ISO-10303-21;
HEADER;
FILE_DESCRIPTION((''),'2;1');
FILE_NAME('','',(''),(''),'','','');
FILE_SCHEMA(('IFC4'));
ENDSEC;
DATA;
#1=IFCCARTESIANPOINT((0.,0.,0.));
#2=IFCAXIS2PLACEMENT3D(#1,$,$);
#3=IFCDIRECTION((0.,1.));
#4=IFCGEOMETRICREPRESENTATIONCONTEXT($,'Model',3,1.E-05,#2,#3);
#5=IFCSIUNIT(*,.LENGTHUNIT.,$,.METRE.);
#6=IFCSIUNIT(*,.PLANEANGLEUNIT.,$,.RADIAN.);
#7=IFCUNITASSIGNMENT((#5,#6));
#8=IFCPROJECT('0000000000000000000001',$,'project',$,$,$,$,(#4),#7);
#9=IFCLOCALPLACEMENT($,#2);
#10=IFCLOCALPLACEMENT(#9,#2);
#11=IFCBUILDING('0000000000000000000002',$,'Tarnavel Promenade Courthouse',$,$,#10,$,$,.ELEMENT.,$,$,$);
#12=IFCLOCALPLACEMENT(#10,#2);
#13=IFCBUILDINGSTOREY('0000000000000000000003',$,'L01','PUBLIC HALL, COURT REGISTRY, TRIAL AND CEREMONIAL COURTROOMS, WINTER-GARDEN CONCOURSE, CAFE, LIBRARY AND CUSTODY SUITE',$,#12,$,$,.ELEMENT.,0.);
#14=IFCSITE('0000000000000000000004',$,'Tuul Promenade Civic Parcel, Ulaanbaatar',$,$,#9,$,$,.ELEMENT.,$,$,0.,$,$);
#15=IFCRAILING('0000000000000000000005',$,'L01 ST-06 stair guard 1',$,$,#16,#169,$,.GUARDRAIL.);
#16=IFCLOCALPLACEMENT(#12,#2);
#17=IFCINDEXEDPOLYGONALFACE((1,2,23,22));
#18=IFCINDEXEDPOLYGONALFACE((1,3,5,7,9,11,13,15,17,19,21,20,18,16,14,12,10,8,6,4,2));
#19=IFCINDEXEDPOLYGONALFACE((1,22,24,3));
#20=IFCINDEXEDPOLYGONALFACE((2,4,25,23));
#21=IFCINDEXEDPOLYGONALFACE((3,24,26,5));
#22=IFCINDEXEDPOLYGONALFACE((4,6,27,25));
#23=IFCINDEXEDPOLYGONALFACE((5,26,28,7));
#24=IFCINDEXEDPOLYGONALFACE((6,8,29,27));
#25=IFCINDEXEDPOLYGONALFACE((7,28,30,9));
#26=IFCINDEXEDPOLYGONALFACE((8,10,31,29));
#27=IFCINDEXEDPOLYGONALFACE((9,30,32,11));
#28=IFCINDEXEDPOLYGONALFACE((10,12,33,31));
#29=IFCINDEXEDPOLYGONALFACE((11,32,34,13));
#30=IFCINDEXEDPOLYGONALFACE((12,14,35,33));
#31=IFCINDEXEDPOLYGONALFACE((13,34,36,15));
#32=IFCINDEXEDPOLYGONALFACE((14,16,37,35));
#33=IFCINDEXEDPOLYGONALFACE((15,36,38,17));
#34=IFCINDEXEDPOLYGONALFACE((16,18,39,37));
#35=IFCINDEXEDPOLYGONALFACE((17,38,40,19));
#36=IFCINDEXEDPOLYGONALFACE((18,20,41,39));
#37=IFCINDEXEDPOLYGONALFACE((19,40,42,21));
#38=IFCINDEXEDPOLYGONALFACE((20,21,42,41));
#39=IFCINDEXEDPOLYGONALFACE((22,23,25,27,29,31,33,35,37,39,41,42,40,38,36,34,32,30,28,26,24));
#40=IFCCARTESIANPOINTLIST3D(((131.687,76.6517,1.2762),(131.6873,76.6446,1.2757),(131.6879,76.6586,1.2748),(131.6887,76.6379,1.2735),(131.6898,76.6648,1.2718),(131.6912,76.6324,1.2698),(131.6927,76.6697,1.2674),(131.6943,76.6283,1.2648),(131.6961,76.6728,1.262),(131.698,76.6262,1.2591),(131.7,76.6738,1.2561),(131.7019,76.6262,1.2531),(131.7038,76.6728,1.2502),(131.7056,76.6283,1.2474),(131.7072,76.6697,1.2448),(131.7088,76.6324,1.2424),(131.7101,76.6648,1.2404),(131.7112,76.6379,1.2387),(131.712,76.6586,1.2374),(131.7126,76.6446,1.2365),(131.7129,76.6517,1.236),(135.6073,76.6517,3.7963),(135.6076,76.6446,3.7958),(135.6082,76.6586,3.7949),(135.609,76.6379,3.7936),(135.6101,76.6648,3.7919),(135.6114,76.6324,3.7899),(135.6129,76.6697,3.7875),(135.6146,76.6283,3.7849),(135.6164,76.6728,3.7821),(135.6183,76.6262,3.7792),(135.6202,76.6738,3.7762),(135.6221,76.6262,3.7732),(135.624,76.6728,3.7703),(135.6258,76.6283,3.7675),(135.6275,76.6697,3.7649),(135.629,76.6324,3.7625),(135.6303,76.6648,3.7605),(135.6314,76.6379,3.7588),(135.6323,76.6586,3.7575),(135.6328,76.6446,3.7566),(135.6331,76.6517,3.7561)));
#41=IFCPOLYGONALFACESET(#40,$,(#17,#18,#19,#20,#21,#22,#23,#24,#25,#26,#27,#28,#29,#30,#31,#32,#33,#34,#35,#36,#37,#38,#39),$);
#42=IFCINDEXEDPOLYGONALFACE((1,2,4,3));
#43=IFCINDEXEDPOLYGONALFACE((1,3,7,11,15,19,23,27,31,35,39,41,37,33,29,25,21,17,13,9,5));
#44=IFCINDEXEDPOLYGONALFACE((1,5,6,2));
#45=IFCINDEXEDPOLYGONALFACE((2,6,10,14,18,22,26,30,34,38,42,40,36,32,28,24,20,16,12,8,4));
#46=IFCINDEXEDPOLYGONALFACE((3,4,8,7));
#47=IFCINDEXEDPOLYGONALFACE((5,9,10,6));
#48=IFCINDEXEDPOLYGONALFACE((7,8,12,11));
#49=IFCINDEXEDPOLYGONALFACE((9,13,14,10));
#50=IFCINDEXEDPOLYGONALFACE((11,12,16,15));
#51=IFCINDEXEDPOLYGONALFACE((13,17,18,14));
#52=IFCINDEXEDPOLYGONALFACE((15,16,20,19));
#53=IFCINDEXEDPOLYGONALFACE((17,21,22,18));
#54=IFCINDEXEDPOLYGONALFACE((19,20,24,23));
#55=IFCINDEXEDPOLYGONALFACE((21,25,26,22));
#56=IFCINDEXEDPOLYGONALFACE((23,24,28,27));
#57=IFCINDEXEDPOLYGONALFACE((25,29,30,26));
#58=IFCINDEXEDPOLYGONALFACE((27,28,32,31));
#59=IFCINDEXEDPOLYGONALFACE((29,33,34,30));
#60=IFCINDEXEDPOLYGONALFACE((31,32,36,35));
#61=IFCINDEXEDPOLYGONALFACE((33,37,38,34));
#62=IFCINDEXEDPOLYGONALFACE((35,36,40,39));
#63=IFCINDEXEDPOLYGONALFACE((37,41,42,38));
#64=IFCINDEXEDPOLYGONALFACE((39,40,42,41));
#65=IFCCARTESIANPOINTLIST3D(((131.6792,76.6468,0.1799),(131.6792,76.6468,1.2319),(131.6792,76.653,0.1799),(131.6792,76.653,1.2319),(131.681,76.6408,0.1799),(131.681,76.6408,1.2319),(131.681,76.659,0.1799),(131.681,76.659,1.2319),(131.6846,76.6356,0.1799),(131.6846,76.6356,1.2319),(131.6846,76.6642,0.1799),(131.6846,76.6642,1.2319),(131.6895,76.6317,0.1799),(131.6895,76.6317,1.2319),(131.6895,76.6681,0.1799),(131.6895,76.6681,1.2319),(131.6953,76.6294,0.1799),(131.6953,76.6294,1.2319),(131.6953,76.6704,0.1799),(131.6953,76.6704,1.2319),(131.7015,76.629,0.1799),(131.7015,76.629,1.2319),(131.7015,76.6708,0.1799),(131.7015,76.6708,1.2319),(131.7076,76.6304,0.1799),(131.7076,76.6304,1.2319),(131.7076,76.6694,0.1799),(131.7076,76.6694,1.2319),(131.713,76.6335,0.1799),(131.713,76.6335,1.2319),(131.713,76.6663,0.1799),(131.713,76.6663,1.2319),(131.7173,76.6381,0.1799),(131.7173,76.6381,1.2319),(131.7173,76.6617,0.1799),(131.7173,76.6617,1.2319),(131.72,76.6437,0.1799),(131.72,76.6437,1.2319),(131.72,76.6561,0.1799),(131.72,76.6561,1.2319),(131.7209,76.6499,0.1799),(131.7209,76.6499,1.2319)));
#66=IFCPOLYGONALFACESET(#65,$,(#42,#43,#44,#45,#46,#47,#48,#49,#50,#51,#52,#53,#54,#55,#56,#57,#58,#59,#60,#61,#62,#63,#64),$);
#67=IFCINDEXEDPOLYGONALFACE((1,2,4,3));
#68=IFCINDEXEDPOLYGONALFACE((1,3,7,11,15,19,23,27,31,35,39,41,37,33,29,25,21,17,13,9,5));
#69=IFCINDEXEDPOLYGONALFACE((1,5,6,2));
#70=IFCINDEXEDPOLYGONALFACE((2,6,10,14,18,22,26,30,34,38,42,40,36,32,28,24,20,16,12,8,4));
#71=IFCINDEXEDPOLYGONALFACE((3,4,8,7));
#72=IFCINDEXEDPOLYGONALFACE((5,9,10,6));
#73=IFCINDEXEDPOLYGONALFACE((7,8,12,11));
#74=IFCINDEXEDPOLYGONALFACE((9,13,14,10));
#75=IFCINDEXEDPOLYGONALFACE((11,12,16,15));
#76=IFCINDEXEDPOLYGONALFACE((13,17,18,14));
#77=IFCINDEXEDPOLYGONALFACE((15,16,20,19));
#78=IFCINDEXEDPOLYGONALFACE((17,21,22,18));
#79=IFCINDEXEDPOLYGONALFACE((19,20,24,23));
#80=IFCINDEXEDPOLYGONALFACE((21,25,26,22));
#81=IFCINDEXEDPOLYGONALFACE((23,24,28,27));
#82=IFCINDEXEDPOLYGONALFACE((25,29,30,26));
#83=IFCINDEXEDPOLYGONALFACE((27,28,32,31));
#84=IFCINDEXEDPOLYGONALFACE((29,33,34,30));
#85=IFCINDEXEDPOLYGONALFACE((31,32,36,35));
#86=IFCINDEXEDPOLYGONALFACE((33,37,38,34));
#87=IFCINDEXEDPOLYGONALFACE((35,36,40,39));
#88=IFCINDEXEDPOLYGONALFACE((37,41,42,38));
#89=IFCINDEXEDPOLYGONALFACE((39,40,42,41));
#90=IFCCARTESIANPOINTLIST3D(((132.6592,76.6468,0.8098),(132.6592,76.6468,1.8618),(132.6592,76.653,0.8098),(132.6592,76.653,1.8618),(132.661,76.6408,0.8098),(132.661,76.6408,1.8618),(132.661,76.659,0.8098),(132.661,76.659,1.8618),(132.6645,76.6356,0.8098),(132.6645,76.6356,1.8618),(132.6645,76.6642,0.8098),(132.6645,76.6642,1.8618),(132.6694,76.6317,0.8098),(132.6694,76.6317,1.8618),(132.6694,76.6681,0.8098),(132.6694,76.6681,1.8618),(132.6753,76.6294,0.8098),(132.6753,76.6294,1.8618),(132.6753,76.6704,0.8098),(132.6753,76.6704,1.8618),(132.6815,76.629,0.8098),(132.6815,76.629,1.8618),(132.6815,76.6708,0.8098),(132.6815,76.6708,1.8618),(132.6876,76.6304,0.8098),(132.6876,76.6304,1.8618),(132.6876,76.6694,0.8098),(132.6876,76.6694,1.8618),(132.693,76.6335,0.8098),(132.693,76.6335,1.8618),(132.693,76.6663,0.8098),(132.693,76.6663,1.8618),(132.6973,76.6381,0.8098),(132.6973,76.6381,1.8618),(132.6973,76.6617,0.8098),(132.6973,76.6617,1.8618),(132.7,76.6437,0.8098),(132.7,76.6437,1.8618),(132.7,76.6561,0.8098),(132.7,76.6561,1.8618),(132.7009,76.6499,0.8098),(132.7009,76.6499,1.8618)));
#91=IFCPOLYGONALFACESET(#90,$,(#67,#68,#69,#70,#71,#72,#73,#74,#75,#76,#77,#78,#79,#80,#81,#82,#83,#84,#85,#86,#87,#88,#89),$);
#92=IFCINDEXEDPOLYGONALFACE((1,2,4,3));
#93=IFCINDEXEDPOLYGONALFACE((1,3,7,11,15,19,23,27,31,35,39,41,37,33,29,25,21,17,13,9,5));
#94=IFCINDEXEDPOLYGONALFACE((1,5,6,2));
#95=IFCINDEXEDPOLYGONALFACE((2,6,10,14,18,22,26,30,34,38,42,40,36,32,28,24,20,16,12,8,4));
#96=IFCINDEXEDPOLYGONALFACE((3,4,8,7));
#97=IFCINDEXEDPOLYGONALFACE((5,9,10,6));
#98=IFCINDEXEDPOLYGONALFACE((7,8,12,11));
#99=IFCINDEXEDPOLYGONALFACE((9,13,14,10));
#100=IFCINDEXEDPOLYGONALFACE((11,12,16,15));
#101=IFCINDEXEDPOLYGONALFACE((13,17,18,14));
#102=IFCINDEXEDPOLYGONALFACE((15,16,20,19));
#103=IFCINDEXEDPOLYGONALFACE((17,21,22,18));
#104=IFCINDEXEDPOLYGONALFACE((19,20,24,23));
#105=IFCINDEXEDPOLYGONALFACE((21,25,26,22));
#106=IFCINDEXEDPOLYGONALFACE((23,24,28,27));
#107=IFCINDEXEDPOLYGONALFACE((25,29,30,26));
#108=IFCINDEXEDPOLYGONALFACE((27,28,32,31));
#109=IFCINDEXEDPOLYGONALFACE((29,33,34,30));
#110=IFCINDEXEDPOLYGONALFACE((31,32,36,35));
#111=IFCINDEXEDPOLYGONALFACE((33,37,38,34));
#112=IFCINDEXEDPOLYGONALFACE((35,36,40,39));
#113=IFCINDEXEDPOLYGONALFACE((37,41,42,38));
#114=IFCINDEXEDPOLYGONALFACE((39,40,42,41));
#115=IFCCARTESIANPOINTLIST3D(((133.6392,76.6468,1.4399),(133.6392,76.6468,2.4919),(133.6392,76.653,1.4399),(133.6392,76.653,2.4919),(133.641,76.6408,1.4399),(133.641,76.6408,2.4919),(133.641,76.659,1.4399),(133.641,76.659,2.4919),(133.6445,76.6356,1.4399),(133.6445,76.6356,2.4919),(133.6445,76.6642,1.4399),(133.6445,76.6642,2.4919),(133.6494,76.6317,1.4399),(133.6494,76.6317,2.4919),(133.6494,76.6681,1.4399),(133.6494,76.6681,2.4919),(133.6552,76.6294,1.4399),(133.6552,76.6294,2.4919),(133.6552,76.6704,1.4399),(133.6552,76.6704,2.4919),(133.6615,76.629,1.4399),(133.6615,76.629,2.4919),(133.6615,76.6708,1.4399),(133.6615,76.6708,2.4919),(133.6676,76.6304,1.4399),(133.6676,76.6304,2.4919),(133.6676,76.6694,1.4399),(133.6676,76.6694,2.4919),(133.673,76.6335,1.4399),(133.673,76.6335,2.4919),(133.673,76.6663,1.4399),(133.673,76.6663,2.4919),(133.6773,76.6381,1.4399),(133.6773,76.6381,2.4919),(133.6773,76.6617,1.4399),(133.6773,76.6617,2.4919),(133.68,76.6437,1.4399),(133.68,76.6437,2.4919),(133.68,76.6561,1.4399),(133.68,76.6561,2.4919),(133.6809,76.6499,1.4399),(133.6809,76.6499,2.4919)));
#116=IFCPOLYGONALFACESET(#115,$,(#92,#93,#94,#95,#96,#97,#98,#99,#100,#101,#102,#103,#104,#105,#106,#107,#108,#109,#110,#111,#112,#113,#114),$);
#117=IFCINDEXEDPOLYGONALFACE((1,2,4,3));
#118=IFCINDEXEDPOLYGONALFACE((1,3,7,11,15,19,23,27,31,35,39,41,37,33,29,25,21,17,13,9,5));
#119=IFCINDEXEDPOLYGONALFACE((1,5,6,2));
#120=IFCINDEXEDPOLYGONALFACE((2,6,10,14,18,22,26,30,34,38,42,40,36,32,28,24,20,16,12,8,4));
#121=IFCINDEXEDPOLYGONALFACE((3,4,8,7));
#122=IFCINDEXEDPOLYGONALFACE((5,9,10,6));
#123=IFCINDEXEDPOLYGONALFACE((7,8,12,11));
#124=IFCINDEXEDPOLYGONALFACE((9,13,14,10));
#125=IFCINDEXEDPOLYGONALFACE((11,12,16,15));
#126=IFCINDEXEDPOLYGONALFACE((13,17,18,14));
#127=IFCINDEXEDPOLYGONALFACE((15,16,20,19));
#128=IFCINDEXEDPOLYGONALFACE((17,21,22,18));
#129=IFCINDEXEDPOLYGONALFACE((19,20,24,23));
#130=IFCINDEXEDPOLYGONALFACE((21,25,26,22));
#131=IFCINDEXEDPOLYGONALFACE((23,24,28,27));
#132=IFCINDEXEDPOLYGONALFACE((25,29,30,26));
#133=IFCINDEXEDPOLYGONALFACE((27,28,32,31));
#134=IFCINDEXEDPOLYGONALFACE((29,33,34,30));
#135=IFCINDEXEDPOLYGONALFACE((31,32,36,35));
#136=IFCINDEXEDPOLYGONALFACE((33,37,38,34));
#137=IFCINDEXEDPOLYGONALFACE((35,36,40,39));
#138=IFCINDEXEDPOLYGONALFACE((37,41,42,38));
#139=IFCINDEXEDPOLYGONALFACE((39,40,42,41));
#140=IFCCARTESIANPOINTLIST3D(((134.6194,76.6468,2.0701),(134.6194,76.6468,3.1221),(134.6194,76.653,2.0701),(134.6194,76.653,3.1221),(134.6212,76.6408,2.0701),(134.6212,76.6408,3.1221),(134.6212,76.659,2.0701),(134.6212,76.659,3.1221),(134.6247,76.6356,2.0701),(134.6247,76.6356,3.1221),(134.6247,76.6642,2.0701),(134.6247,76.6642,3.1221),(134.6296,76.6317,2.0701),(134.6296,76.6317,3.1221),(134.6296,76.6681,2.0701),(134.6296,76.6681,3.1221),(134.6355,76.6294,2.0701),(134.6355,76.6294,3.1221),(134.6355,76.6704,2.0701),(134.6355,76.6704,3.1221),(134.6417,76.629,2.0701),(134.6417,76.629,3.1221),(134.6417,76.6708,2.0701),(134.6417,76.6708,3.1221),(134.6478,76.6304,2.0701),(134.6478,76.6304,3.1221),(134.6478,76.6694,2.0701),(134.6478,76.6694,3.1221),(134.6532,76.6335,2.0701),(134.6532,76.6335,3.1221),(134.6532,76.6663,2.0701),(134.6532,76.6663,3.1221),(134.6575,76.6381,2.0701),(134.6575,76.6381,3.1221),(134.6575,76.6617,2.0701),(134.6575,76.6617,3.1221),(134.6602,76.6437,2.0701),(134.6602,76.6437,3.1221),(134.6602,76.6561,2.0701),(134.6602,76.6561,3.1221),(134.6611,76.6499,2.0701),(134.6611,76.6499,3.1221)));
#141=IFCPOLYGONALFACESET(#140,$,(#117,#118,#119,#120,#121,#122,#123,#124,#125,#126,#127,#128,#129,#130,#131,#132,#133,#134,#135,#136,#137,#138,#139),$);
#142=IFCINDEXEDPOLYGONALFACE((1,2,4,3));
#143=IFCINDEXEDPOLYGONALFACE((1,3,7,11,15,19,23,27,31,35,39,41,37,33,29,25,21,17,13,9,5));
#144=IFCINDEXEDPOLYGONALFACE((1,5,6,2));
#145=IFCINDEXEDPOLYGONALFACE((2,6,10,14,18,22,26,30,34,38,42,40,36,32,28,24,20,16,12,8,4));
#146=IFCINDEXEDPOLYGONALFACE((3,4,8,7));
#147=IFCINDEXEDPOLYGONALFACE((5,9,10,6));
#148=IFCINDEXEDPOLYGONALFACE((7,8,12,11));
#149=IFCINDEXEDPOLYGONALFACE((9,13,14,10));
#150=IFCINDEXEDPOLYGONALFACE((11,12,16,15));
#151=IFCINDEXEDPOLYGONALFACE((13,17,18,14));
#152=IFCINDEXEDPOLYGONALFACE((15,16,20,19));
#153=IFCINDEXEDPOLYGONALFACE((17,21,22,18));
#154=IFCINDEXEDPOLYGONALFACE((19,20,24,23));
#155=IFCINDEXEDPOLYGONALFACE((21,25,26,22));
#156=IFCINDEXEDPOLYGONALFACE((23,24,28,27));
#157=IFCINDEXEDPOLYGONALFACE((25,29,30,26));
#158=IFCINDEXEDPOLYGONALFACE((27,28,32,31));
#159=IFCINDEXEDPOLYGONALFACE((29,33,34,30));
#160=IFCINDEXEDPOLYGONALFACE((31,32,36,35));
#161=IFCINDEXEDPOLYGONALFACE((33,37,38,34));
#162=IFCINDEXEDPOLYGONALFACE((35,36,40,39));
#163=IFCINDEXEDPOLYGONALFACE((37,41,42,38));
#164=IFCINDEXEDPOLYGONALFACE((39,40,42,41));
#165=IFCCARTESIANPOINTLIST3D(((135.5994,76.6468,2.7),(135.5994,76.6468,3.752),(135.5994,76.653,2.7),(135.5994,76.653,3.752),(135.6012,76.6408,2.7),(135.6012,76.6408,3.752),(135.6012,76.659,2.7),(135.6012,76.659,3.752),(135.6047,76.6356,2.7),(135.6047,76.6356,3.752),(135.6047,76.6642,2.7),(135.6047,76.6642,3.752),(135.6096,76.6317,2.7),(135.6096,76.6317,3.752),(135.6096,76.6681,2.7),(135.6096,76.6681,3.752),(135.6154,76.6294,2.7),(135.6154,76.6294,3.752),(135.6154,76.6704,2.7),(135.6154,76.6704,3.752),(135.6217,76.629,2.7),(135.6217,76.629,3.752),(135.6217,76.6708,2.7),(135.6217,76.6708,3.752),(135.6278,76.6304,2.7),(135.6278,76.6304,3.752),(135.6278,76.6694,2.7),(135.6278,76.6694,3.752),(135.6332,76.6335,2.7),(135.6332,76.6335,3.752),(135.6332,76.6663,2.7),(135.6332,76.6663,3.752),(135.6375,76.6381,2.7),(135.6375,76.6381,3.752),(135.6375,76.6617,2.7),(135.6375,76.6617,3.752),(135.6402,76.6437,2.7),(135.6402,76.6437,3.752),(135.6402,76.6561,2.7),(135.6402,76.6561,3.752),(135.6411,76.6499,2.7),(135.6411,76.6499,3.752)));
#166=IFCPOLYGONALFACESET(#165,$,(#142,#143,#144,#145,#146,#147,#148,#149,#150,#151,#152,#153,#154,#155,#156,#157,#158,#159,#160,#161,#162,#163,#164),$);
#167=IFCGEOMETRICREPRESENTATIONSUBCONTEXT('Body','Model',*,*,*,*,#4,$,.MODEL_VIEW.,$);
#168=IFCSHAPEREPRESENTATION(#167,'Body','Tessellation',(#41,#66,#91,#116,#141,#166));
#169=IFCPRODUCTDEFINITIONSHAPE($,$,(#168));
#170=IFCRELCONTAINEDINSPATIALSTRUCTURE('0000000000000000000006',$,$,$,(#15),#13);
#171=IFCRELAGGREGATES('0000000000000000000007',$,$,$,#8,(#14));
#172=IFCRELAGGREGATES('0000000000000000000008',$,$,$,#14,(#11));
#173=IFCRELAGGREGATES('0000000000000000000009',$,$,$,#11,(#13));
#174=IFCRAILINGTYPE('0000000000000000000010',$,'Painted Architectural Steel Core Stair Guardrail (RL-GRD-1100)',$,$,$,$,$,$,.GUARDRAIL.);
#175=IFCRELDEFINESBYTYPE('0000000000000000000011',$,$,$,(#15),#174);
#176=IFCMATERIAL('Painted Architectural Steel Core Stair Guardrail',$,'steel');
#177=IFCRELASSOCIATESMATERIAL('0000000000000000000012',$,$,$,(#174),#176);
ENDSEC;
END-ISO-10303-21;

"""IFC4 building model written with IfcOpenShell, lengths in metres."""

from ifc_helpers import new_model, si_unit, direction, frame, origin, origin_2d, place, context, subcontext, project, spatial, circle, extrude, material, type_object, element, save


model = new_model("IFC4")

# Units and contexts
model_context = context("Model", 3, precision=1e-05, world=origin(), true_north=direction((0.0, 1.0)))
body_context = subcontext(model_context, "Body", "Model", "MODEL_VIEW")
ifc_project = project(units=[si_unit("LENGTHUNIT", "METRE"), si_unit("PLANEANGLEUNIT", "RADIAN")], contexts=[model_context])

# Site, building, storey
site_placement = place(None, origin())
site = spatial("IfcSite", under=ifc_project, at=site_placement, Name="Tuul Promenade Civic Parcel, Ulaanbaatar", CompositionType="ELEMENT", RefElevation=0.0)
building_placement = place(site_placement, origin())
building = spatial("IfcBuilding", under=site, at=building_placement, Name="Tarnavel Promenade Courthouse", CompositionType="ELEMENT")
storey_placement = place(building_placement, origin())
storey = spatial("IfcBuildingStorey", under=building, at=storey_placement, Name="L01", Description="PUBLIC HALL, COURT REGISTRY, TRIAL AND CEREMONIAL COURTROOMS, WINTER-GARDEN CONCOURSE, CAFE, LIBRARY AND CUSTODY SUITE", CompositionType="ELEMENT", Elevation=0.0)

# Railing
ifc_material_1 = material(Name="Painted Architectural Steel Core Stair Guardrail", Category="steel")
railing_type_1 = type_object("IfcRailingType", Name="Painted Architectural Steel Core Stair Guardrail (RL-GRD-1100)", PredefinedType="GUARDRAIL", material=ifc_material_1)
railing_1_placement = place(storey_placement, frame((131.7, 76.6499, 0.1799)))
element("IfcRailing", 1, at=railing_1_placement, inside=storey, type_object=railing_type_1, Name="L01 ST-06 stair guard 1", PredefinedType="GUARDRAIL", context=body_context, shape_type="SweptSolid", body=[
    extrude(circle(Radius=0.0239, at=origin_2d()), frame((0.0, 0.0, 1.0762), z_axis=(0.841187, 0.0, 0.540744), x_axis=(0.0, 1.0, 0.0)), (0.0, 0.0, 1.0), 4.6604),
    extrude(circle(Radius=0.021, at=origin_2d()), origin(), (0.0, 0.0, 1.0), 1.052),
    extrude(circle(Radius=0.021, at=origin_2d()), frame((0.98, 0.0, 0.6299)), (0.0, 0.0, 1.0), 1.052),
    extrude(circle(Radius=0.021, at=origin_2d()), frame((1.96, 0.0, 1.26)), (0.0, 0.0, 1.0), 1.052),
    extrude(circle(Radius=0.021, at=origin_2d()), frame((2.9402, 0.0, 1.8901)), (0.0, 0.0, 1.0), 1.052),
    extrude(circle(Radius=0.021, at=origin_2d()), frame((3.9202, 0.0, 2.52)), (0.0, 0.0, 1.0), 1.052),
])

save(model, "model.ifc")
